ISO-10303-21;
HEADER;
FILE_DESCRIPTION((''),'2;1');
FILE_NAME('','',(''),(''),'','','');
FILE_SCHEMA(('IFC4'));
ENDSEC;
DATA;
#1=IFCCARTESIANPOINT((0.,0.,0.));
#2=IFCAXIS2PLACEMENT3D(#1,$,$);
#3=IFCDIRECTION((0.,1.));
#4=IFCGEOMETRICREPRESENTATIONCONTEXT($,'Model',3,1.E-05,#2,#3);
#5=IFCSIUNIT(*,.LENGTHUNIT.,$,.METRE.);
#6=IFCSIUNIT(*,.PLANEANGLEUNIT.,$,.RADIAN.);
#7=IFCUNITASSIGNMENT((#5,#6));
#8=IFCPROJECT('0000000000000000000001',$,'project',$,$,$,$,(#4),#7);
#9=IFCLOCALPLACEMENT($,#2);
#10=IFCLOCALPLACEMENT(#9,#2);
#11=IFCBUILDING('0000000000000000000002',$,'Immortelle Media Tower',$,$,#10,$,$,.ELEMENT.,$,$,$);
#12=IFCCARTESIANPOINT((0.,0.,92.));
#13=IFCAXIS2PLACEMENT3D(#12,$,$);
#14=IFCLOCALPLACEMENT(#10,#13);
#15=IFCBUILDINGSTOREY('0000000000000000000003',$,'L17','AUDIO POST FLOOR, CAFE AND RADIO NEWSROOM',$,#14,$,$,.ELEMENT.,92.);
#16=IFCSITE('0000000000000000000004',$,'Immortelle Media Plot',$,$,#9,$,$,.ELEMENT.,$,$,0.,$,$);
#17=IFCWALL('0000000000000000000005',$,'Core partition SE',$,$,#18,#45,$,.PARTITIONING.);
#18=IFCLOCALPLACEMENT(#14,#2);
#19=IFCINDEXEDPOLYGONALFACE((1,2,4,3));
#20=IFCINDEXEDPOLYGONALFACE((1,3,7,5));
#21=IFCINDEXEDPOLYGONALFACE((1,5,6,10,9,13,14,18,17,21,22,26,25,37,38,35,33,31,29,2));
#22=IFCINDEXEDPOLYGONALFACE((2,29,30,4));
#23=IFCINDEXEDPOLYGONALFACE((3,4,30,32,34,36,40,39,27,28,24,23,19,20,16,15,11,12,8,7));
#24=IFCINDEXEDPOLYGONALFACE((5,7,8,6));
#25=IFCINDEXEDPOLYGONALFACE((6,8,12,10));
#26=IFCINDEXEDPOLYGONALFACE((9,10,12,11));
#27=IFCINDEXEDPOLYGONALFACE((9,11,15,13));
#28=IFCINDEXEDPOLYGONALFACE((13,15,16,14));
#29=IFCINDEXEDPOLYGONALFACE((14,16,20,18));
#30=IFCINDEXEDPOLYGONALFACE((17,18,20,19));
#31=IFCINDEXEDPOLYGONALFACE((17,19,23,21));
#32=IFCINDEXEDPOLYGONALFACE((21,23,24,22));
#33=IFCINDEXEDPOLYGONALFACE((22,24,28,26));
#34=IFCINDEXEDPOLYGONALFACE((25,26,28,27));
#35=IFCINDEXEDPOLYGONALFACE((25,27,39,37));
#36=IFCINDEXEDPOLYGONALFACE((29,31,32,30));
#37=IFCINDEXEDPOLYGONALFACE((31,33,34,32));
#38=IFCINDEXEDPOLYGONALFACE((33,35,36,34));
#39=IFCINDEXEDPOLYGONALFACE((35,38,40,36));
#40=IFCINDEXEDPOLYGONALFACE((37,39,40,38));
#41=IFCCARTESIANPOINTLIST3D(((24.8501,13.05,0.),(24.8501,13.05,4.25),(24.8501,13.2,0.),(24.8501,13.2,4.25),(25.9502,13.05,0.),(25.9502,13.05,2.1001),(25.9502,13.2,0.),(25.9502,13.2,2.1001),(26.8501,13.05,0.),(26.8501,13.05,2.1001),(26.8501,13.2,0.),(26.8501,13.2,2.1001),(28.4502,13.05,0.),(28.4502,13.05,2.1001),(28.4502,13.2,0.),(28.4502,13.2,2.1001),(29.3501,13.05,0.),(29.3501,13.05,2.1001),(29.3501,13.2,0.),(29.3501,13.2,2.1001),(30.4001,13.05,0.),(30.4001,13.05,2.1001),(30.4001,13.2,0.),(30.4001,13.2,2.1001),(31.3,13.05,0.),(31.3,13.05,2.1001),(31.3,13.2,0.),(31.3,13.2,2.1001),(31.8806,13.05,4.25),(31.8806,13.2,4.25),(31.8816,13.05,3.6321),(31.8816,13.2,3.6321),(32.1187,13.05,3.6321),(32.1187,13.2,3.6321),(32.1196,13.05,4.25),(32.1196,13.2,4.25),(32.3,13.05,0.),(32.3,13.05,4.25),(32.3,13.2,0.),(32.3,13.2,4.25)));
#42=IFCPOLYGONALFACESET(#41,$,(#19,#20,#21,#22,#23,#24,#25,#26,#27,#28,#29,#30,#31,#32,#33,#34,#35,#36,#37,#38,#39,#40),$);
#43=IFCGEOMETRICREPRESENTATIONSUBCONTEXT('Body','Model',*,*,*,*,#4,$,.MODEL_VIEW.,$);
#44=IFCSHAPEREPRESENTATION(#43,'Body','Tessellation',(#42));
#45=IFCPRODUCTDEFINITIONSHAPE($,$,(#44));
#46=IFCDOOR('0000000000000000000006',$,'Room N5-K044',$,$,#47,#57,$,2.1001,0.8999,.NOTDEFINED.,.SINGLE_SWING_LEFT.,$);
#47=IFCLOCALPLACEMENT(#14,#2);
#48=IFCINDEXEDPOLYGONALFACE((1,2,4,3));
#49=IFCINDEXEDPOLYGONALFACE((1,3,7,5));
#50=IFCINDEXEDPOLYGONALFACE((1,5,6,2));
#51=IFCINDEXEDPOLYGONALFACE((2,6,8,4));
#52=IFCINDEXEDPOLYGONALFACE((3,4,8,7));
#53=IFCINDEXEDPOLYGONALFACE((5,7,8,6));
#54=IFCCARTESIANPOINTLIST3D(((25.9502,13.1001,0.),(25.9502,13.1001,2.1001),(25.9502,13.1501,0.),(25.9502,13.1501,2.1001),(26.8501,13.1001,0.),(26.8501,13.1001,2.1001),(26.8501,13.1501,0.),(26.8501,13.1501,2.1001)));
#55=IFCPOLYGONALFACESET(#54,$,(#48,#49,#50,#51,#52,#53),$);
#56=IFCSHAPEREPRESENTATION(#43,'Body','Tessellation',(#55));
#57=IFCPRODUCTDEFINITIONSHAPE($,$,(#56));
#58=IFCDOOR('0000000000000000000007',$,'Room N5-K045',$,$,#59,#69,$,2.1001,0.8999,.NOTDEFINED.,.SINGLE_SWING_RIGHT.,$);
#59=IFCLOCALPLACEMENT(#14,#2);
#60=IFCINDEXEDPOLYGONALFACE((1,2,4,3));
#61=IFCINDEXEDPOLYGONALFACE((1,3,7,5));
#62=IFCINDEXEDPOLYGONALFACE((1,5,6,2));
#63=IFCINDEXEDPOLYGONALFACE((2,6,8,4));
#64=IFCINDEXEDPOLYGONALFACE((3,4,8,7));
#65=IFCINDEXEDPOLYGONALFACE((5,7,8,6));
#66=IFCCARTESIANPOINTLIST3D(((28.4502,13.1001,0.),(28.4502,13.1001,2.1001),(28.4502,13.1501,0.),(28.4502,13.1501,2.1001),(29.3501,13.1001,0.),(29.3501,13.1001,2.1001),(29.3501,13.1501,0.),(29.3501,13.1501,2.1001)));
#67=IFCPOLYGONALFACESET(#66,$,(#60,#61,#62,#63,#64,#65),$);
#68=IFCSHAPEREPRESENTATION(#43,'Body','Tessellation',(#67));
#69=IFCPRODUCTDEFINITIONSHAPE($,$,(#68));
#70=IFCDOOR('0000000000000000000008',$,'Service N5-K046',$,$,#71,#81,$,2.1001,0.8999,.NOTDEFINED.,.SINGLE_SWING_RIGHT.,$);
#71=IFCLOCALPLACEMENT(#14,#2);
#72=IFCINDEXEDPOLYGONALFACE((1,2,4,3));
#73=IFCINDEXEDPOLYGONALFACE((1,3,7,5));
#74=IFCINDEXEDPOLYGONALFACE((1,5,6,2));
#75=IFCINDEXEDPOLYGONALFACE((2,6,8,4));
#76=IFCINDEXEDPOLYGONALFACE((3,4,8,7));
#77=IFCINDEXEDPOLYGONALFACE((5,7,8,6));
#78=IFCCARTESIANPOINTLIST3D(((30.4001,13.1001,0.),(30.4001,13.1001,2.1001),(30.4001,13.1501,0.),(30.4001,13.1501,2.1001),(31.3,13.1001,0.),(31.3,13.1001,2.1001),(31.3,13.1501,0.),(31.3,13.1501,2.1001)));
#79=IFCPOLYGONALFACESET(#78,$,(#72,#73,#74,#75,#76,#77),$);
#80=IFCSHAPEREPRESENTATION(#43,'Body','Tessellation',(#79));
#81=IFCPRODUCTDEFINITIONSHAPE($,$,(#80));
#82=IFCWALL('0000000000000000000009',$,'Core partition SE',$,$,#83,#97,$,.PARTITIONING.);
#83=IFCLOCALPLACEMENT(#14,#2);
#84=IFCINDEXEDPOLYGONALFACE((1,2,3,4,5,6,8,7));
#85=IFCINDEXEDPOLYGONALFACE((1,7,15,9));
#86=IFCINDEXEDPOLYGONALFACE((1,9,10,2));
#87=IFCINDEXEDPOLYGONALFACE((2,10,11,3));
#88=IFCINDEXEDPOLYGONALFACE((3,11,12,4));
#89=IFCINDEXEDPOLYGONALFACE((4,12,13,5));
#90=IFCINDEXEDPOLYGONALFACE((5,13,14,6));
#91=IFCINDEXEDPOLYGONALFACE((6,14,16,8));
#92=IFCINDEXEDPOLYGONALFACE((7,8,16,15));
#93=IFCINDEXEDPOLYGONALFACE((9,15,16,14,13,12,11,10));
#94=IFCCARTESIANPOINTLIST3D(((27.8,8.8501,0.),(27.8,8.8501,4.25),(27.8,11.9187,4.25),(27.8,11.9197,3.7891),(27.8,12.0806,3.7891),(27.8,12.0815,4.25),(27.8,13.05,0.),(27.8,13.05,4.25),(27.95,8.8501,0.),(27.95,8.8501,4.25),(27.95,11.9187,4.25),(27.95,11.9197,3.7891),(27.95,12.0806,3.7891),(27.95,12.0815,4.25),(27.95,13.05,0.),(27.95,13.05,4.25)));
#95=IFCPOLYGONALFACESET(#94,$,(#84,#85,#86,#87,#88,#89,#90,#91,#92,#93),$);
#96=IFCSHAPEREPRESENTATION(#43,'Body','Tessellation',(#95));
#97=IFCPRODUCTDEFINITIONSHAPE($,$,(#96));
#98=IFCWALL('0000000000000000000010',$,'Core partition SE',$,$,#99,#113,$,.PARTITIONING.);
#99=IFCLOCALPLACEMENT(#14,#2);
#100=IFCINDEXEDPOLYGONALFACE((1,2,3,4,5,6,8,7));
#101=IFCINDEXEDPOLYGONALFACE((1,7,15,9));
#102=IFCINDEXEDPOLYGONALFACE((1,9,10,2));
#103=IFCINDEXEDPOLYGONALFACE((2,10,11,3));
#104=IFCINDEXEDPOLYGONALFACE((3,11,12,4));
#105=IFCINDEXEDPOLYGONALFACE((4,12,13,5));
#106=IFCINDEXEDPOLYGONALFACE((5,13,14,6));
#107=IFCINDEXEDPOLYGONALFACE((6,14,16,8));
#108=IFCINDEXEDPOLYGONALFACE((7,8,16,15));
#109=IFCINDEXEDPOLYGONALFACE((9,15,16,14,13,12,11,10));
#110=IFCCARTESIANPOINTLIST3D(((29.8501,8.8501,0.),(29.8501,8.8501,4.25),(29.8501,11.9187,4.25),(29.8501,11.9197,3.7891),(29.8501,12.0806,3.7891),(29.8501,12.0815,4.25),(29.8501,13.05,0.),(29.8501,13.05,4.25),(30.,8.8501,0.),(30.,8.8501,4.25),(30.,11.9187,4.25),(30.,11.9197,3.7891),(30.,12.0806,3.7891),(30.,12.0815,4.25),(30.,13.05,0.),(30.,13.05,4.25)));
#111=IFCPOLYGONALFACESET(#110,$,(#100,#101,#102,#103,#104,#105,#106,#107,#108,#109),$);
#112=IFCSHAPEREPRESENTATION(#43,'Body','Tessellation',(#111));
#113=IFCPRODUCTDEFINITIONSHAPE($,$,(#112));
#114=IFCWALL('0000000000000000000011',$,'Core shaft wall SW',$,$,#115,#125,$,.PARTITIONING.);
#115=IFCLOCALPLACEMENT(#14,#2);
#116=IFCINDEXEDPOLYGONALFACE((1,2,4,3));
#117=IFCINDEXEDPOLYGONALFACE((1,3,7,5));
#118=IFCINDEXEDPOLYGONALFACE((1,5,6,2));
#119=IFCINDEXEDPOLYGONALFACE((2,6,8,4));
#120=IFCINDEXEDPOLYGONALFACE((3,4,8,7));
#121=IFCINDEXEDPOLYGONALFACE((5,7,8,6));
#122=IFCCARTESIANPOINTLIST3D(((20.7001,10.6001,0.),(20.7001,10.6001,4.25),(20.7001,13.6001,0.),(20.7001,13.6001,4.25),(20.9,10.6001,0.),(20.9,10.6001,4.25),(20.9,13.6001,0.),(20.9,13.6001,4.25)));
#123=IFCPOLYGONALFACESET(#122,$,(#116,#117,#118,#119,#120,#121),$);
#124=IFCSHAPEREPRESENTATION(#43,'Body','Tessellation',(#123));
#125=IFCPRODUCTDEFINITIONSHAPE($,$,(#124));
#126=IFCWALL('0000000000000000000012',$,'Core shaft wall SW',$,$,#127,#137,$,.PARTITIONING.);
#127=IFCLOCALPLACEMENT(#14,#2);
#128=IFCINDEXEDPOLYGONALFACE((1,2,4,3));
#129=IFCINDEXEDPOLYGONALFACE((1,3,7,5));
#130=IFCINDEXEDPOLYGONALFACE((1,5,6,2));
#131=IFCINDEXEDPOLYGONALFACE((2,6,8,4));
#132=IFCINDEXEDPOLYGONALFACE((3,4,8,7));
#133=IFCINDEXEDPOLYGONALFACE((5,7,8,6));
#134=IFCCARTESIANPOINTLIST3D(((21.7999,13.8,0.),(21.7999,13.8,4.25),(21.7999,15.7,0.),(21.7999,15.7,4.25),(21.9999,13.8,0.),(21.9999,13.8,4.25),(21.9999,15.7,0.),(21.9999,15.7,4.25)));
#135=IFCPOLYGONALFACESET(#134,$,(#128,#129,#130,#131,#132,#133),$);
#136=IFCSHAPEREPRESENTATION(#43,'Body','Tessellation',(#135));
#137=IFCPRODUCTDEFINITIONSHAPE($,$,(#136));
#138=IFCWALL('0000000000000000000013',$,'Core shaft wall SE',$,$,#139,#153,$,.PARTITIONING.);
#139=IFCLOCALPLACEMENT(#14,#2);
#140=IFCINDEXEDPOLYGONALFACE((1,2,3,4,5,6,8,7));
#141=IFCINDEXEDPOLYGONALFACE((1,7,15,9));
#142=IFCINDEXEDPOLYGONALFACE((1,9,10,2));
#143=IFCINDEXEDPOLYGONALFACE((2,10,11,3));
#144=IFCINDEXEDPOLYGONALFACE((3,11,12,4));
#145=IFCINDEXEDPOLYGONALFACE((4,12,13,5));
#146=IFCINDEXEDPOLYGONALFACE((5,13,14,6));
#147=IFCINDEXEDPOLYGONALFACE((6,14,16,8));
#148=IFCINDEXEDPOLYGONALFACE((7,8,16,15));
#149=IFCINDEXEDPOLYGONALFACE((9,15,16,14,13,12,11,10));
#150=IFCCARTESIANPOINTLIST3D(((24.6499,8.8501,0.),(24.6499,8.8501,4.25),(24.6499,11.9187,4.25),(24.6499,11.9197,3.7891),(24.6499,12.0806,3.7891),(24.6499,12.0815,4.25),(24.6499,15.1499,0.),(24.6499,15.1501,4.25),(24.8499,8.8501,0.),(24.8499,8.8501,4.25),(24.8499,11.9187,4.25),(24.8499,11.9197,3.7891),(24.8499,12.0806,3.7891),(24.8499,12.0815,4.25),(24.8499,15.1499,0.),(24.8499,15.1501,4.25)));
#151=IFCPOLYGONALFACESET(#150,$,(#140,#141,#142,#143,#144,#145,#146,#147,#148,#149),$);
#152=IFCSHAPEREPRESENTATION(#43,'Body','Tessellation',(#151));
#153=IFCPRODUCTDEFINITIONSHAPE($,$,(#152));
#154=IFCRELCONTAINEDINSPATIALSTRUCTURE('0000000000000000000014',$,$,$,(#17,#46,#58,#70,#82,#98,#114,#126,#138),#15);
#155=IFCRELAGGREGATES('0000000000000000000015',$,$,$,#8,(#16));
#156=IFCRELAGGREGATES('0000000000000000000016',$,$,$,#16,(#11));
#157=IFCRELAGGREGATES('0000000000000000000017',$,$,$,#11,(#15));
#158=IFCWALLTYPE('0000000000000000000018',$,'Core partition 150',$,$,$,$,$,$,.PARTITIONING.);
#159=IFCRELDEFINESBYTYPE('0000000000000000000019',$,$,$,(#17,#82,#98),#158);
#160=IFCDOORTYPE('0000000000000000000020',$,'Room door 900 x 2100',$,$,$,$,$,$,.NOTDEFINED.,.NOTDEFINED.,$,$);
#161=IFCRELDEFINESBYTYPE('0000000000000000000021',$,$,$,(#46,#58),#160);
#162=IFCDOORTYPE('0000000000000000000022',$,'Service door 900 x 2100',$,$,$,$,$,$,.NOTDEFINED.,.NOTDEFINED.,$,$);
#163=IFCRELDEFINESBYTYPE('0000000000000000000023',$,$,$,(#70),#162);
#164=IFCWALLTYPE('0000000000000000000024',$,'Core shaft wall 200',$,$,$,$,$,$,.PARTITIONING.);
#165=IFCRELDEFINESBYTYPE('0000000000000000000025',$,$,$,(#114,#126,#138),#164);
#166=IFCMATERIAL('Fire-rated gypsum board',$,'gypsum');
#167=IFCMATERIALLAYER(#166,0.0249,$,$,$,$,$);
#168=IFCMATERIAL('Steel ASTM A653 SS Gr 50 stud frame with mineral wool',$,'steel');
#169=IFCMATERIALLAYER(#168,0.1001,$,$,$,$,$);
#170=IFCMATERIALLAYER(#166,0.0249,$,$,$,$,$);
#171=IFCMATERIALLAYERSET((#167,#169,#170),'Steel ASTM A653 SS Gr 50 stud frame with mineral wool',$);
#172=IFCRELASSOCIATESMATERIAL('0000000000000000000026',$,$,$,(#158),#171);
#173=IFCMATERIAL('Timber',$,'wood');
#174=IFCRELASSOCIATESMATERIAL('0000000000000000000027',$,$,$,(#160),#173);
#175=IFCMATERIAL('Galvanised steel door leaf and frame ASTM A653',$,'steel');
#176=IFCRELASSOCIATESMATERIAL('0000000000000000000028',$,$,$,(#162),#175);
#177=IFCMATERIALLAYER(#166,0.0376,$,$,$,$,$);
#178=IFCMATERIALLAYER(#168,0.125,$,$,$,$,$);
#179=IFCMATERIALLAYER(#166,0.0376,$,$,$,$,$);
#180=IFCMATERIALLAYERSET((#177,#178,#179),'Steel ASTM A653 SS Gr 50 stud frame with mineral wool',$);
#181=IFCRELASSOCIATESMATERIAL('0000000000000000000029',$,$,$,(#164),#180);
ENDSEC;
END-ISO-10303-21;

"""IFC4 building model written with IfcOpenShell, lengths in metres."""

from ifc_helpers import new_model, si_unit, direction, frame, frame_2d, origin, place, context, subcontext, project, spatial, polyline, rectangle, outline, extrude, material, layer, layer_set, type_object, element, fill, save


model = new_model("IFC4")

# Units and contexts
model_context = context("Model", 3, precision=1e-05, world=origin(), true_north=direction((0.0, 1.0)))
body_context = subcontext(model_context, "Body", "Model", "MODEL_VIEW")
ifc_project = project(units=[si_unit("LENGTHUNIT", "METRE"), si_unit("PLANEANGLEUNIT", "RADIAN")], contexts=[model_context])

# Site, building, storey
site_placement = place(None, origin())
site = spatial("IfcSite", under=ifc_project, at=site_placement, Name="Immortelle Media Plot", CompositionType="ELEMENT", RefElevation=0.0)
building_placement = place(site_placement, origin())
building = spatial("IfcBuilding", under=site, at=building_placement, Name="Immortelle Media Tower", CompositionType="ELEMENT")
storey_placement = place(building_placement, frame((0.0, 0.0, 92.0)))
storey = spatial("IfcBuildingStorey", under=building, at=storey_placement, Name="L17", Description="AUDIO POST FLOOR, CAFE AND RADIO NEWSROOM", CompositionType="ELEMENT", Elevation=92.0)

# Wall, openings, doors
ifc_material_1 = material(Name="Fire-rated gypsum board", Category="gypsum")
ifc_layer_1 = layer(ifc_material_1, 0.0249)
ifc_material_2 = material(Name="Steel ASTM A653 SS Gr 50 stud frame with mineral wool", Category="steel")
ifc_layer_2 = layer(ifc_material_2, 0.1001)
ifc_layer_3 = layer(ifc_material_1, 0.0249)
ifc_layer_set_1 = layer_set([ifc_layer_1, ifc_layer_2, ifc_layer_3], Name="Steel ASTM A653 SS Gr 50 stud frame with mineral wool")
wall_type_1 = type_object("IfcWallType", Name="Core partition 150", PredefinedType="PARTITIONING", material=ifc_layer_set_1)
wall_1_placement = place(storey_placement, frame((24.8501, 13.125, 0.0), z_axis=(0.0, 0.0, 1.0), x_axis=(1.0, 0.0, 0.0)))
wall_1 = element("IfcWall", 1, at=wall_1_placement, inside=storey, type_object=wall_type_1, Name="Core partition SE", PredefinedType="PARTITIONING", context=body_context, shape_type="SweptSolid", body=[
    extrude(outline(polyline([(0.0, 0.0), (7.45, 0.0), (7.45, 4.25), (7.2695, 4.25), (7.2686, 3.6321), (7.0315, 3.6321), (7.0305, 4.25), (0.0, 4.25), (0.0, 0.0)])), frame((0.0, 0.075, 0.0), z_axis=(0.0, -1.0, 0.0), x_axis=(1.0, 0.0, 0.0)), (0.0, 0.0, 1.0), 0.1499),
])
opening_1_placement = place(wall_1_placement, frame((2.0, 0.0, 0.0), z_axis=(0.0, 0.0, 1.0), x_axis=(-1.0, 0.0, 0.0)))
opening_1 = element("IfcOpeningElement", 2, at=opening_1_placement, cuts=wall_1, PredefinedType="OPENING", context=body_context, shape_type="SweptSolid", body=[
    extrude(rectangle(XDim=0.8999, YDim=2.1001, at=frame_2d((0.45, 1.05))), frame((0.0, 0.085, 0.0), z_axis=(0.0, -1.0, 0.0), x_axis=(1.0, 0.0, 0.0)), (0.0, 0.0, 1.0), 0.1699),
])
opening_2_placement = place(wall_1_placement, frame((4.5, 0.0, 0.0), z_axis=(0.0, 0.0, 1.0), x_axis=(-1.0, 0.0, 0.0)))
opening_2 = element("IfcOpeningElement", 3, at=opening_2_placement, cuts=wall_1, PredefinedType="OPENING", context=body_context, shape_type="SweptSolid", body=[
    extrude(rectangle(XDim=0.8999, YDim=2.1001, at=frame_2d((0.45, 1.05))), frame((0.0, 0.085, 0.0), z_axis=(0.0, -1.0, 0.0), x_axis=(1.0, 0.0, 0.0)), (0.0, 0.0, 1.0), 0.1699),
])
opening_3_placement = place(wall_1_placement, frame((6.45, 0.0, 0.0), z_axis=(0.0, 0.0, 1.0), x_axis=(-1.0, 0.0, 0.0)))
opening_3 = element("IfcOpeningElement", 4, at=opening_3_placement, cuts=wall_1, PredefinedType="OPENING", context=body_context, shape_type="SweptSolid", body=[
    extrude(rectangle(XDim=0.8999, YDim=2.1001, at=frame_2d((0.45, 1.05))), frame((0.0, 0.085, 0.0), z_axis=(0.0, -1.0, 0.0), x_axis=(1.0, 0.0, 0.0)), (0.0, 0.0, 1.0), 0.1699),
])
ifc_material_3 = material(Name="Timber", Category="wood")
door_type_1 = type_object("IfcDoorType", Name="Room door 900 x 2100", OperationType="NOTDEFINED", PredefinedType="NOTDEFINED", material=ifc_material_3)
door_1_placement = place(opening_1_placement, origin())
door_1 = element("IfcDoor", 5, at=door_1_placement, inside=storey, type_object=door_type_1, Name="Room N5-K044", OperationType="SINGLE_SWING_LEFT", OverallHeight=2.1001, OverallWidth=0.8999, PredefinedType="NOTDEFINED", context=body_context, shape_type="SweptSolid", body=[
    extrude(rectangle(XDim=0.8999, YDim=2.1001, at=frame_2d((0.45, 1.05))), frame((0.0, 0.0249, 0.0), z_axis=(0.0, -1.0, 0.0), x_axis=(1.0, 0.0, 0.0)), (0.0, 0.0, 1.0), 0.05),
])
fill(opening_1, door_1)
door_2_placement = place(opening_2_placement, origin())
door_2 = element("IfcDoor", 6, at=door_2_placement, inside=storey, type_object=door_type_1, Name="Room N5-K045", OperationType="SINGLE_SWING_RIGHT", OverallHeight=2.1001, OverallWidth=0.8999, PredefinedType="NOTDEFINED", context=body_context, shape_type="SweptSolid", body=[
    extrude(rectangle(XDim=0.8999, YDim=2.1001, at=frame_2d((0.45, 1.05))), frame((0.0, 0.0249, 0.0), z_axis=(0.0, -1.0, 0.0), x_axis=(1.0, 0.0, 0.0)), (0.0, 0.0, 1.0), 0.05),
])
fill(opening_2, door_2)
ifc_material_4 = material(Name="Galvanised steel door leaf and frame ASTM A653", Category="steel")
door_type_2 = type_object("IfcDoorType", Name="Service door 900 x 2100", OperationType="NOTDEFINED", PredefinedType="NOTDEFINED", material=ifc_material_4)
door_3_placement = place(opening_3_placement, origin())
door_3 = element("IfcDoor", 7, at=door_3_placement, inside=storey, type_object=door_type_2, Name="Service N5-K046", OperationType="SINGLE_SWING_RIGHT", OverallHeight=2.1001, OverallWidth=0.8999, PredefinedType="NOTDEFINED", context=body_context, shape_type="SweptSolid", body=[
    extrude(rectangle(XDim=0.8999, YDim=2.1001, at=frame_2d((0.45, 1.05))), frame((0.0, 0.0249, 0.0), z_axis=(0.0, -1.0, 0.0), x_axis=(1.0, 0.0, 0.0)), (0.0, 0.0, 1.0), 0.05),
])
fill(opening_3, door_3)

# Walls
for number, where, z_axis, x_axis, name in (
    (8, (27.875, 8.8501, 0.0), (0.0, 0.0, 1.0), (0.0, 1.0, 0.0), "Core partition SE"),
    (9, (29.925, 8.8501, 0.0), (0.0, 0.0, 1.0), (0.0, 1.0, 0.0), "Core partition SE"),
):
    element("IfcWall", number, at=place(storey_placement, frame(where, z_axis=z_axis, x_axis=x_axis)), inside=storey, type_object=wall_type_1, Name=name, PredefinedType="PARTITIONING", context=body_context, shape_type="SweptSolid", body=[
        extrude(outline(polyline([(0.0, 0.0), (4.2, 0.0), (4.2, 4.25), (3.2314, 4.25), (3.2305, 3.7891), (3.0696, 3.7891), (3.0686, 4.25), (0.0, 4.25), (0.0, 0.0)])), frame((0.0, 0.075, 0.0), z_axis=(0.0, -1.0, 0.0), x_axis=(1.0, 0.0, 0.0)), (0.0, 0.0, 1.0), 0.1499),
    ])
ifc_layer_4 = layer(ifc_material_1, 0.0376)
ifc_layer_5 = layer(ifc_material_2, 0.125)
ifc_layer_6 = layer(ifc_material_1, 0.0376)
ifc_layer_set_2 = layer_set([ifc_layer_4, ifc_layer_5, ifc_layer_6], Name="Steel ASTM A653 SS Gr 50 stud frame with mineral wool")
wall_type_2 = type_object("IfcWallType", Name="Core shaft wall 200", PredefinedType="PARTITIONING", material=ifc_layer_set_2)
wall_2_placement = place(storey_placement, frame((20.8, 10.6001, 0.0), z_axis=(0.0, 0.0, 1.0), x_axis=(0.0, 1.0, 0.0)))
element("IfcWall", 10, at=wall_2_placement, inside=storey, type_object=wall_type_2, Name="Core shaft wall SW", PredefinedType="PARTITIONING", context=body_context, shape_type="SweptSolid", body=[
    extrude(rectangle(XDim=3.0, YDim=0.2, at=frame_2d((1.5, 0.0))), origin(), (0.0, 0.0, 1.0), 4.25),
])
wall_3_placement = place(storey_placement, frame((21.8999, 13.8, 0.0), z_axis=(0.0, 0.0, 1.0), x_axis=(0.0, 1.0, 0.0)))
element("IfcWall", 11, at=wall_3_placement, inside=storey, type_object=wall_type_2, Name="Core shaft wall SW", PredefinedType="PARTITIONING", context=body_context, shape_type="SweptSolid", body=[
    extrude(rectangle(XDim=1.8999, YDim=0.2, at=frame_2d((0.95, 0.0))), origin(), (0.0, 0.0, 1.0), 4.25),
])
wall_4_placement = place(storey_placement, frame((24.75, 8.8501, 0.0), z_axis=(0.0, 0.0, 1.0), x_axis=(0.0, 1.0, 0.0)))
element("IfcWall", 12, at=wall_4_placement, inside=storey, type_object=wall_type_2, Name="Core shaft wall SE", PredefinedType="PARTITIONING", context=body_context, shape_type="SweptSolid", body=[
    extrude(outline(polyline([(0.0, 0.0), (6.2998, 0.0), (6.3, 4.25), (3.2314, 4.25), (3.2305, 3.7891), (3.0696, 3.7891), (3.0686, 4.25), (0.0, 4.25), (0.0, 0.0)])), frame((0.0, 0.1001, 0.0), z_axis=(0.0, -1.0, 0.0), x_axis=(1.0, 0.0, 0.0)), (0.0, 0.0, 1.0), 0.2),
])

save(model, "model.ifc")
